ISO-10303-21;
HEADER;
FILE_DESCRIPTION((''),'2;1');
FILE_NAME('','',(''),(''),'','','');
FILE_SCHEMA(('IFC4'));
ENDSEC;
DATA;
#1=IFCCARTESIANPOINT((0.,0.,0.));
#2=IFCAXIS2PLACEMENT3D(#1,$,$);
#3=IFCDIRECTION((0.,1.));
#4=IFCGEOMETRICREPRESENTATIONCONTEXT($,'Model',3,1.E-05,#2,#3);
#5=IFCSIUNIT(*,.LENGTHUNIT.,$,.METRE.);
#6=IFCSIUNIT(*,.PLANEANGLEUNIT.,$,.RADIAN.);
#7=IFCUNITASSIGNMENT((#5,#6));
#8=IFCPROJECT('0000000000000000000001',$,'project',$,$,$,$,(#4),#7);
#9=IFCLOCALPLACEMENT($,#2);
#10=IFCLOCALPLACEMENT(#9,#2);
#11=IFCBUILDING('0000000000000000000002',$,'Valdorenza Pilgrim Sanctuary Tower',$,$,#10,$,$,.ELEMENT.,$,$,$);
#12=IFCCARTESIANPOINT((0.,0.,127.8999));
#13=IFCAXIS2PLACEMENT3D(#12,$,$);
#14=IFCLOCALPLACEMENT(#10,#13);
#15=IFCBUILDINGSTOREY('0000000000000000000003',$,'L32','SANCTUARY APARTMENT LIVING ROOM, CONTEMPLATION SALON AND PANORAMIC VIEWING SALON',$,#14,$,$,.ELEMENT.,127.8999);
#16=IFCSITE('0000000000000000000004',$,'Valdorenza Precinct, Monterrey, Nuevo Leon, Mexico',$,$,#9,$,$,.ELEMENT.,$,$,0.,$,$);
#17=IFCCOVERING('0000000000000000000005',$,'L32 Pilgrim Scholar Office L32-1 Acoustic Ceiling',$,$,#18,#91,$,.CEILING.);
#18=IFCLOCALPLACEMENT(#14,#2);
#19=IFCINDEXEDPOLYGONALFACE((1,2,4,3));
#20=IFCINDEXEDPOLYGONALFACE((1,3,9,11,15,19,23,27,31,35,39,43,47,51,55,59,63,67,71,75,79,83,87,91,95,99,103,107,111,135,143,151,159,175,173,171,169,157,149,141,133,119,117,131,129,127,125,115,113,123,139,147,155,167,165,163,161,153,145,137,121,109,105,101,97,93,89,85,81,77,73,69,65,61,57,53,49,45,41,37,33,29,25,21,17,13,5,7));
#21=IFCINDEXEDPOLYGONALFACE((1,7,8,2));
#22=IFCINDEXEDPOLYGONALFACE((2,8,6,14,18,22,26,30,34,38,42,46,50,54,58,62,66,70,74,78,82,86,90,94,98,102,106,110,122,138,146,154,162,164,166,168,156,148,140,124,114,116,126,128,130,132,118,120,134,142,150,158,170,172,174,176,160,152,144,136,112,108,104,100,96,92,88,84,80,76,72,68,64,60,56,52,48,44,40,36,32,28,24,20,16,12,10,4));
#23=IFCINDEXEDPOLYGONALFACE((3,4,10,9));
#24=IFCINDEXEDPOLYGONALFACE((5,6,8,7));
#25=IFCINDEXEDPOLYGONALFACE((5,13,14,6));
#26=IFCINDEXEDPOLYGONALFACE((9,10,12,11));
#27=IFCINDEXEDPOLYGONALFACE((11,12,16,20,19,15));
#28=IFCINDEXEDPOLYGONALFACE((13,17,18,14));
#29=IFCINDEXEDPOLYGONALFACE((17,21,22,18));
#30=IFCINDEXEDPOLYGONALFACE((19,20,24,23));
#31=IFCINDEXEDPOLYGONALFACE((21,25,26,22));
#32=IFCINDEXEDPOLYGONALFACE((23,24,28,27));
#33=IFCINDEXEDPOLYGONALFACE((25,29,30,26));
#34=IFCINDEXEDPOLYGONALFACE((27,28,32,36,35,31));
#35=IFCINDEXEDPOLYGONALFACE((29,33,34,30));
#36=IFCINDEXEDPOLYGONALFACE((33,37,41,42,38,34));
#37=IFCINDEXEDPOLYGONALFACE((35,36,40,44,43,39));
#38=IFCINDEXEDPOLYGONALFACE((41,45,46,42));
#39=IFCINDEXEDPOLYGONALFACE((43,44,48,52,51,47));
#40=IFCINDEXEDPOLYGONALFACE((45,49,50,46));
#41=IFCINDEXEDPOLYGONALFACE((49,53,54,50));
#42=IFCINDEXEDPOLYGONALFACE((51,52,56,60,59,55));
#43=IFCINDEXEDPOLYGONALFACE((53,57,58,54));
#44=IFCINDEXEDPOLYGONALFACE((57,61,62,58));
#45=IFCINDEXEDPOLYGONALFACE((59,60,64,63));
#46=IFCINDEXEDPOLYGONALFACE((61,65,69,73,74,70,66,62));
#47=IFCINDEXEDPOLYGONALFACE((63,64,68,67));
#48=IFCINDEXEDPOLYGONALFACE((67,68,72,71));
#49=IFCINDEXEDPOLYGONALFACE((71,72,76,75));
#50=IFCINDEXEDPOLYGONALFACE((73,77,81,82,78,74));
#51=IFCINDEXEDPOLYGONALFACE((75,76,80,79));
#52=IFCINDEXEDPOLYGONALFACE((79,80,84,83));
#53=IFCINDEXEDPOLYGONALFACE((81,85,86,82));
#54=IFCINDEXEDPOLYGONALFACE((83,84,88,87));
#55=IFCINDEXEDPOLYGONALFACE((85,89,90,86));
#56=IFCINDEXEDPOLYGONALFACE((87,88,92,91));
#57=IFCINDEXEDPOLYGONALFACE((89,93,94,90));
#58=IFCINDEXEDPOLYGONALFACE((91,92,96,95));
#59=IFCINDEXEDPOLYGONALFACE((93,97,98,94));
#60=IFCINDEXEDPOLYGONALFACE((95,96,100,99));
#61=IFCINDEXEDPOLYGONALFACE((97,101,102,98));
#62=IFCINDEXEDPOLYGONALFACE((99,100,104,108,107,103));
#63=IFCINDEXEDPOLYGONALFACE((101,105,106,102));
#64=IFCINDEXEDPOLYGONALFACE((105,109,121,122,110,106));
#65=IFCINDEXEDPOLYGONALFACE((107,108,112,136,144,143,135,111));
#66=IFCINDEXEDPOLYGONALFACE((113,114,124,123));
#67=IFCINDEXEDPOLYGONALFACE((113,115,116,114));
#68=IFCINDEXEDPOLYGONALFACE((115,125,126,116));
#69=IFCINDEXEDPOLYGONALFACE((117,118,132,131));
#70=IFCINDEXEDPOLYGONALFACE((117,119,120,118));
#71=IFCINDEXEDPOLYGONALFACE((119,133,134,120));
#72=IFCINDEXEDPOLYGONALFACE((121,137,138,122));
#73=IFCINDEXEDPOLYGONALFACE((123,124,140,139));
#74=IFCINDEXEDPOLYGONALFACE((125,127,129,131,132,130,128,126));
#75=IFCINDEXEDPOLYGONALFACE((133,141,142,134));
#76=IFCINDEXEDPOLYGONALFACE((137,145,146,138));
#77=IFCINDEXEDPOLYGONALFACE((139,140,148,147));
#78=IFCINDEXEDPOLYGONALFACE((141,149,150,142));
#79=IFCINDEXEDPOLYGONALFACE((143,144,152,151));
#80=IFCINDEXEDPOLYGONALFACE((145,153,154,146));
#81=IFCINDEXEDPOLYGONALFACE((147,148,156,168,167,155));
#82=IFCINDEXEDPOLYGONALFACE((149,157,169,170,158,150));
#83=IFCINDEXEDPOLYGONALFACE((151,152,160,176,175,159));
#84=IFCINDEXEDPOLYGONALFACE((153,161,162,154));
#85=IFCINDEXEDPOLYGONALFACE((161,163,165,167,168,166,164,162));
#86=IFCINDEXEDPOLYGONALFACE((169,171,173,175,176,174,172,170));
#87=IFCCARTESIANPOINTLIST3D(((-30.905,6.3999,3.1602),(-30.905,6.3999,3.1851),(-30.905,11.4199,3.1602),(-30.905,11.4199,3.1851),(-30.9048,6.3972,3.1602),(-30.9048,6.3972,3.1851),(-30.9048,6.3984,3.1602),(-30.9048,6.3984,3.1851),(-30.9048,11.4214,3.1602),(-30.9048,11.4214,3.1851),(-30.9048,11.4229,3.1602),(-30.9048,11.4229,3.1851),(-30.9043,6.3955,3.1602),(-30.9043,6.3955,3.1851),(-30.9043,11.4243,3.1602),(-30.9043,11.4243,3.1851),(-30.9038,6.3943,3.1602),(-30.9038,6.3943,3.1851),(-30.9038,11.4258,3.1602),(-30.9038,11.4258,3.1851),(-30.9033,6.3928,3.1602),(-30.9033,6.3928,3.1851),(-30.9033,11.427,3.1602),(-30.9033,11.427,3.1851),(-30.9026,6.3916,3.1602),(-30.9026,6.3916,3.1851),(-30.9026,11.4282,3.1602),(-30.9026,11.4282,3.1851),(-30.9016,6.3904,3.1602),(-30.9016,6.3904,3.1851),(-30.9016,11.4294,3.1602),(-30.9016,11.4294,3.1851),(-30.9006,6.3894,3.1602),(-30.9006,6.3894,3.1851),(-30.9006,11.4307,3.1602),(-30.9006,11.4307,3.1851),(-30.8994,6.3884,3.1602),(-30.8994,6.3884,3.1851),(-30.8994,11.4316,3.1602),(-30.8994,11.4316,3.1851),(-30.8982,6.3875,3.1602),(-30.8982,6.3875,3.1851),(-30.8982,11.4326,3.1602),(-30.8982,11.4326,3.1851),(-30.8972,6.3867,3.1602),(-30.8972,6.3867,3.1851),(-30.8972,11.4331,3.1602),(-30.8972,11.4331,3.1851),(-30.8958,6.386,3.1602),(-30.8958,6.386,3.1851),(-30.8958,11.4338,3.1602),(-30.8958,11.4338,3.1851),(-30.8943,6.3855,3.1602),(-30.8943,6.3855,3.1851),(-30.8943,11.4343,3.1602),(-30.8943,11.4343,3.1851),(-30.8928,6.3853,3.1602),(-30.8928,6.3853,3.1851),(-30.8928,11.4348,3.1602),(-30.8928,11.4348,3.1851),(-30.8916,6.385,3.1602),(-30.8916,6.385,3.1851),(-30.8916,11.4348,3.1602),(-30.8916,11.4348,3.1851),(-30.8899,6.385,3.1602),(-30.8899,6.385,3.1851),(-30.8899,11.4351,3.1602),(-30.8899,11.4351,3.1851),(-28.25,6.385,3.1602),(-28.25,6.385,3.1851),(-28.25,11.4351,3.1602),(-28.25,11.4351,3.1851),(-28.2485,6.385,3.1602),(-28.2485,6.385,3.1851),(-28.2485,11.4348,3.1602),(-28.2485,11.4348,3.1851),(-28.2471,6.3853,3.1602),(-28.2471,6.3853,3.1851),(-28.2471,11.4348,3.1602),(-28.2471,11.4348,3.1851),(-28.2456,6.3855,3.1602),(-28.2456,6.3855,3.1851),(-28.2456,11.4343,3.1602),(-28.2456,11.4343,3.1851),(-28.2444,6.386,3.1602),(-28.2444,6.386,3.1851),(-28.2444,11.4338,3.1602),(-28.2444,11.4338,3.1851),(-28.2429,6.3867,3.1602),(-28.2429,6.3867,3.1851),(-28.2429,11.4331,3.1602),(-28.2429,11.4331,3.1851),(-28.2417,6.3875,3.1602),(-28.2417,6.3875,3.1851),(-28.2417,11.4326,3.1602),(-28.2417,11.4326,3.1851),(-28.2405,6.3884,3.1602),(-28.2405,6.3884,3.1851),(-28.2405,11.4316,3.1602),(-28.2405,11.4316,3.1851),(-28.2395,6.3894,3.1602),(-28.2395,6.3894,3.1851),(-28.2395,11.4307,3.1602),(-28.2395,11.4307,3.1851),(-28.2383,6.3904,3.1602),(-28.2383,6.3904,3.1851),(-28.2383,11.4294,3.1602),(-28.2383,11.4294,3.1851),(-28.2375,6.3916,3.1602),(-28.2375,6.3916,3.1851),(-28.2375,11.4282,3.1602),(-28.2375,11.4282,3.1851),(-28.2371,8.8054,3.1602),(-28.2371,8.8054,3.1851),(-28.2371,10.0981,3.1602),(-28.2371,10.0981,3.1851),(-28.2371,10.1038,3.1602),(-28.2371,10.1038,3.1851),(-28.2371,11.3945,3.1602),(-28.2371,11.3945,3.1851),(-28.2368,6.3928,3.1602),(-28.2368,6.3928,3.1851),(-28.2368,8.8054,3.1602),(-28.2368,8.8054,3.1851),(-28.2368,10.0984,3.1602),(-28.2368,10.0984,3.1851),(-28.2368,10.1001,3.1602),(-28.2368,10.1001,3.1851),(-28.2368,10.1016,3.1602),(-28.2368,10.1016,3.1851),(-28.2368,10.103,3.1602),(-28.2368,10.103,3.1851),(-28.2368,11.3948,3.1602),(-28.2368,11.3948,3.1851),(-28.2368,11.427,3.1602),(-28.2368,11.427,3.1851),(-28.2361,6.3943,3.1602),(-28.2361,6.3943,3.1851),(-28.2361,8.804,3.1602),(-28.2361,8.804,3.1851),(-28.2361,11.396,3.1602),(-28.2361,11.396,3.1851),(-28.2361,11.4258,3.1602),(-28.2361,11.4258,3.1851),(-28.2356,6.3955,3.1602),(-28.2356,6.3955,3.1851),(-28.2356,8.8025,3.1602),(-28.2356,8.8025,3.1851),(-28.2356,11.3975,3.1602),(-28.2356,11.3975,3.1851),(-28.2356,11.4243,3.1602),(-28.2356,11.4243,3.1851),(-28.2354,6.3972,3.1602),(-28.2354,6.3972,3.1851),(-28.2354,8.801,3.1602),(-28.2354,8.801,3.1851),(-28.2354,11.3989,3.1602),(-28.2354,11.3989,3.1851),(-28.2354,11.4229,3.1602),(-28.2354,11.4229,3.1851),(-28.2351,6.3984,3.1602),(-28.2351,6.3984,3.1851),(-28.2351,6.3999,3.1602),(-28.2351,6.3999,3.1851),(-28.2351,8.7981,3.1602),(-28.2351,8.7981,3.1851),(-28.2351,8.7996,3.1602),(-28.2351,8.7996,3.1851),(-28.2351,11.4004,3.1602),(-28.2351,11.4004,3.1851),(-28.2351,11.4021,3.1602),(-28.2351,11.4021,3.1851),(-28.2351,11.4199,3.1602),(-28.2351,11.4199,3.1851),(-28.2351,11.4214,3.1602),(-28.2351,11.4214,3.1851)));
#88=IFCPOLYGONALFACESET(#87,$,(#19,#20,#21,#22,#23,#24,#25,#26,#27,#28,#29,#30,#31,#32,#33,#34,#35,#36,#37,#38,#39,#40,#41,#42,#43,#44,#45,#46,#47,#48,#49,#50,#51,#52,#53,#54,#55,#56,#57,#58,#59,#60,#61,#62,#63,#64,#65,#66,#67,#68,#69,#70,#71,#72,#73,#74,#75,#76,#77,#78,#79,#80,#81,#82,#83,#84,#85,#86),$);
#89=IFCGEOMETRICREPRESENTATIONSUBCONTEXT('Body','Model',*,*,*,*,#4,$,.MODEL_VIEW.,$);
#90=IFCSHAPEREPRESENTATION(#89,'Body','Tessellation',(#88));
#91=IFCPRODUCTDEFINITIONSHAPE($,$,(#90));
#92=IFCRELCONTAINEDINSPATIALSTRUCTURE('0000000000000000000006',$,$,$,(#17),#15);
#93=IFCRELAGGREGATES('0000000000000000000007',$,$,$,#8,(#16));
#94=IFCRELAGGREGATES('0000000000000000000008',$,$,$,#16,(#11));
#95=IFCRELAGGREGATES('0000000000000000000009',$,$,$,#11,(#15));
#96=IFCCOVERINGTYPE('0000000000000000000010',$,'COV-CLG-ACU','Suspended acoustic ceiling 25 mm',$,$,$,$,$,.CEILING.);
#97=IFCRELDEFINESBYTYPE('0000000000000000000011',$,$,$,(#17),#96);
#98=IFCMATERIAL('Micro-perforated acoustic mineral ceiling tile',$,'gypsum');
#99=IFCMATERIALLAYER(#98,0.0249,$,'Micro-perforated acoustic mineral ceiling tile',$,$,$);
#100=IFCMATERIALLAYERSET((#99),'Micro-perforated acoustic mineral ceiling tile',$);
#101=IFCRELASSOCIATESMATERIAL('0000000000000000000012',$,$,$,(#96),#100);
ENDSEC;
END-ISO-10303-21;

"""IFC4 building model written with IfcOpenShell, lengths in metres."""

from ifc_helpers import new_model, si_unit, direction, frame, origin, place, context, subcontext, project, spatial, polyline, outline, extrude, material, layer, layer_set, type_object, element, save


model = new_model("IFC4")

# Units and contexts
model_context = context("Model", 3, precision=1e-05, world=origin(), true_north=direction((0.0, 1.0)))
body_context = subcontext(model_context, "Body", "Model", "MODEL_VIEW")
ifc_project = project(units=[si_unit("LENGTHUNIT", "METRE"), si_unit("PLANEANGLEUNIT", "RADIAN")], contexts=[model_context])

# Site, building, storey
site_placement = place(None, origin())
site = spatial("IfcSite", under=ifc_project, at=site_placement, Name="Valdorenza Precinct, Monterrey, Nuevo Leon, Mexico", CompositionType="ELEMENT", RefElevation=0.0)
building_placement = place(site_placement, origin())
building = spatial("IfcBuilding", under=site, at=building_placement, Name="Valdorenza Pilgrim Sanctuary Tower", CompositionType="ELEMENT")
storey_placement = place(building_placement, frame((0.0, 0.0, 127.8999)))
storey = spatial("IfcBuildingStorey", under=building, at=storey_placement, Name="L32", Description="SANCTUARY APARTMENT LIVING ROOM, CONTEMPLATION SALON AND PANORAMIC VIEWING SALON", CompositionType="ELEMENT", Elevation=127.8999)

# Covering
ifc_material_1 = material(Name="Micro-perforated acoustic mineral ceiling tile", Category="gypsum")
ifc_layer_1 = layer(ifc_material_1, 0.0249, Name="Micro-perforated acoustic mineral ceiling tile")
ifc_layer_set_1 = layer_set([ifc_layer_1], Name="Micro-perforated acoustic mineral ceiling tile")
covering_type_1 = type_object("IfcCoveringType", Name="COV-CLG-ACU", Description="Suspended acoustic ceiling 25 mm", PredefinedType="CEILING", material=ifc_layer_set_1)
covering_1_placement = place(storey_placement, frame((0.0, 0.0, 3.1602)))
element("IfcCovering", 1, at=covering_1_placement, inside=storey, type_object=covering_type_1, Name="L32 Pilgrim Scholar Office L32-1 Acoustic Ceiling", PredefinedType="CEILING", context=body_context, shape_type="SweptSolid", body=[
    extrude(outline(polyline([(-28.2371, 8.8054), (-28.2368, 8.8054), (-28.2361, 8.804), (-28.2356, 8.8025), (-28.2354, 8.801), (-28.2351, 8.7996), (-28.2351, 8.7981), (-28.2351, 6.3999), (-28.2351, 6.3984), (-28.2354, 6.3972), (-28.2356, 6.3955), (-28.2361, 6.3943), (-28.2368, 6.3928), (-28.2375, 6.3916), (-28.2383, 6.3904), (-28.2395, 6.3894), (-28.2405, 6.3884), (-28.2417, 6.3875), (-28.2429, 6.3867), (-28.2444, 6.386), (-28.2456, 6.3855), (-28.2471, 6.3853), (-28.2485, 6.385), (-28.25, 6.385), (-30.8899, 6.385), (-30.8916, 6.385), (-30.8928, 6.3853), (-30.8943, 6.3855), (-30.8958, 6.386), (-30.8972, 6.3867), (-30.8982, 6.3875), (-30.8994, 6.3884), (-30.9006, 6.3894), (-30.9016, 6.3904), (-30.9026, 6.3916), (-30.9033, 6.3928), (-30.9038, 6.3943), (-30.9043, 6.3955), (-30.9048, 6.3972), (-30.9048, 6.3984), (-30.905, 6.3999), (-30.905, 11.4199), (-30.9048, 11.4214), (-30.9048, 11.4229), (-30.9043, 11.4243), (-30.9038, 11.4258), (-30.9033, 11.427), (-30.9026, 11.4282), (-30.9016, 11.4294), (-30.9006, 11.4307), (-30.8994, 11.4316), (-30.8982, 11.4326), (-30.8972, 11.4331), (-30.8958, 11.4338), (-30.8943, 11.4343), (-30.8928, 11.4348), (-30.8916, 11.4348), (-30.8899, 11.4351), (-28.25, 11.4351), (-28.2485, 11.4348), (-28.2471, 11.4348), (-28.2456, 11.4343), (-28.2444, 11.4338), (-28.2429, 11.4331), (-28.2417, 11.4326), (-28.2405, 11.4316), (-28.2395, 11.4307), (-28.2383, 11.4294), (-28.2375, 11.4282), (-28.2368, 11.427), (-28.2361, 11.4258), (-28.2356, 11.4243), (-28.2354, 11.4229), (-28.2351, 11.4214), (-28.2351, 11.4199), (-28.2351, 11.4021), (-28.2351, 11.4004), (-28.2354, 11.3989), (-28.2356, 11.3975), (-28.2361, 11.396), (-28.2368, 11.3948), (-28.2371, 11.3945), (-28.2371, 10.1038), (-28.2368, 10.103), (-28.2368, 10.1016), (-28.2368, 10.1001), (-28.2368, 10.0984), (-28.2371, 10.0981), (-28.2371, 8.8054)])), origin(), (0.0, 0.0, 1.0), 0.0249),
])

save(model, "model.ifc")
